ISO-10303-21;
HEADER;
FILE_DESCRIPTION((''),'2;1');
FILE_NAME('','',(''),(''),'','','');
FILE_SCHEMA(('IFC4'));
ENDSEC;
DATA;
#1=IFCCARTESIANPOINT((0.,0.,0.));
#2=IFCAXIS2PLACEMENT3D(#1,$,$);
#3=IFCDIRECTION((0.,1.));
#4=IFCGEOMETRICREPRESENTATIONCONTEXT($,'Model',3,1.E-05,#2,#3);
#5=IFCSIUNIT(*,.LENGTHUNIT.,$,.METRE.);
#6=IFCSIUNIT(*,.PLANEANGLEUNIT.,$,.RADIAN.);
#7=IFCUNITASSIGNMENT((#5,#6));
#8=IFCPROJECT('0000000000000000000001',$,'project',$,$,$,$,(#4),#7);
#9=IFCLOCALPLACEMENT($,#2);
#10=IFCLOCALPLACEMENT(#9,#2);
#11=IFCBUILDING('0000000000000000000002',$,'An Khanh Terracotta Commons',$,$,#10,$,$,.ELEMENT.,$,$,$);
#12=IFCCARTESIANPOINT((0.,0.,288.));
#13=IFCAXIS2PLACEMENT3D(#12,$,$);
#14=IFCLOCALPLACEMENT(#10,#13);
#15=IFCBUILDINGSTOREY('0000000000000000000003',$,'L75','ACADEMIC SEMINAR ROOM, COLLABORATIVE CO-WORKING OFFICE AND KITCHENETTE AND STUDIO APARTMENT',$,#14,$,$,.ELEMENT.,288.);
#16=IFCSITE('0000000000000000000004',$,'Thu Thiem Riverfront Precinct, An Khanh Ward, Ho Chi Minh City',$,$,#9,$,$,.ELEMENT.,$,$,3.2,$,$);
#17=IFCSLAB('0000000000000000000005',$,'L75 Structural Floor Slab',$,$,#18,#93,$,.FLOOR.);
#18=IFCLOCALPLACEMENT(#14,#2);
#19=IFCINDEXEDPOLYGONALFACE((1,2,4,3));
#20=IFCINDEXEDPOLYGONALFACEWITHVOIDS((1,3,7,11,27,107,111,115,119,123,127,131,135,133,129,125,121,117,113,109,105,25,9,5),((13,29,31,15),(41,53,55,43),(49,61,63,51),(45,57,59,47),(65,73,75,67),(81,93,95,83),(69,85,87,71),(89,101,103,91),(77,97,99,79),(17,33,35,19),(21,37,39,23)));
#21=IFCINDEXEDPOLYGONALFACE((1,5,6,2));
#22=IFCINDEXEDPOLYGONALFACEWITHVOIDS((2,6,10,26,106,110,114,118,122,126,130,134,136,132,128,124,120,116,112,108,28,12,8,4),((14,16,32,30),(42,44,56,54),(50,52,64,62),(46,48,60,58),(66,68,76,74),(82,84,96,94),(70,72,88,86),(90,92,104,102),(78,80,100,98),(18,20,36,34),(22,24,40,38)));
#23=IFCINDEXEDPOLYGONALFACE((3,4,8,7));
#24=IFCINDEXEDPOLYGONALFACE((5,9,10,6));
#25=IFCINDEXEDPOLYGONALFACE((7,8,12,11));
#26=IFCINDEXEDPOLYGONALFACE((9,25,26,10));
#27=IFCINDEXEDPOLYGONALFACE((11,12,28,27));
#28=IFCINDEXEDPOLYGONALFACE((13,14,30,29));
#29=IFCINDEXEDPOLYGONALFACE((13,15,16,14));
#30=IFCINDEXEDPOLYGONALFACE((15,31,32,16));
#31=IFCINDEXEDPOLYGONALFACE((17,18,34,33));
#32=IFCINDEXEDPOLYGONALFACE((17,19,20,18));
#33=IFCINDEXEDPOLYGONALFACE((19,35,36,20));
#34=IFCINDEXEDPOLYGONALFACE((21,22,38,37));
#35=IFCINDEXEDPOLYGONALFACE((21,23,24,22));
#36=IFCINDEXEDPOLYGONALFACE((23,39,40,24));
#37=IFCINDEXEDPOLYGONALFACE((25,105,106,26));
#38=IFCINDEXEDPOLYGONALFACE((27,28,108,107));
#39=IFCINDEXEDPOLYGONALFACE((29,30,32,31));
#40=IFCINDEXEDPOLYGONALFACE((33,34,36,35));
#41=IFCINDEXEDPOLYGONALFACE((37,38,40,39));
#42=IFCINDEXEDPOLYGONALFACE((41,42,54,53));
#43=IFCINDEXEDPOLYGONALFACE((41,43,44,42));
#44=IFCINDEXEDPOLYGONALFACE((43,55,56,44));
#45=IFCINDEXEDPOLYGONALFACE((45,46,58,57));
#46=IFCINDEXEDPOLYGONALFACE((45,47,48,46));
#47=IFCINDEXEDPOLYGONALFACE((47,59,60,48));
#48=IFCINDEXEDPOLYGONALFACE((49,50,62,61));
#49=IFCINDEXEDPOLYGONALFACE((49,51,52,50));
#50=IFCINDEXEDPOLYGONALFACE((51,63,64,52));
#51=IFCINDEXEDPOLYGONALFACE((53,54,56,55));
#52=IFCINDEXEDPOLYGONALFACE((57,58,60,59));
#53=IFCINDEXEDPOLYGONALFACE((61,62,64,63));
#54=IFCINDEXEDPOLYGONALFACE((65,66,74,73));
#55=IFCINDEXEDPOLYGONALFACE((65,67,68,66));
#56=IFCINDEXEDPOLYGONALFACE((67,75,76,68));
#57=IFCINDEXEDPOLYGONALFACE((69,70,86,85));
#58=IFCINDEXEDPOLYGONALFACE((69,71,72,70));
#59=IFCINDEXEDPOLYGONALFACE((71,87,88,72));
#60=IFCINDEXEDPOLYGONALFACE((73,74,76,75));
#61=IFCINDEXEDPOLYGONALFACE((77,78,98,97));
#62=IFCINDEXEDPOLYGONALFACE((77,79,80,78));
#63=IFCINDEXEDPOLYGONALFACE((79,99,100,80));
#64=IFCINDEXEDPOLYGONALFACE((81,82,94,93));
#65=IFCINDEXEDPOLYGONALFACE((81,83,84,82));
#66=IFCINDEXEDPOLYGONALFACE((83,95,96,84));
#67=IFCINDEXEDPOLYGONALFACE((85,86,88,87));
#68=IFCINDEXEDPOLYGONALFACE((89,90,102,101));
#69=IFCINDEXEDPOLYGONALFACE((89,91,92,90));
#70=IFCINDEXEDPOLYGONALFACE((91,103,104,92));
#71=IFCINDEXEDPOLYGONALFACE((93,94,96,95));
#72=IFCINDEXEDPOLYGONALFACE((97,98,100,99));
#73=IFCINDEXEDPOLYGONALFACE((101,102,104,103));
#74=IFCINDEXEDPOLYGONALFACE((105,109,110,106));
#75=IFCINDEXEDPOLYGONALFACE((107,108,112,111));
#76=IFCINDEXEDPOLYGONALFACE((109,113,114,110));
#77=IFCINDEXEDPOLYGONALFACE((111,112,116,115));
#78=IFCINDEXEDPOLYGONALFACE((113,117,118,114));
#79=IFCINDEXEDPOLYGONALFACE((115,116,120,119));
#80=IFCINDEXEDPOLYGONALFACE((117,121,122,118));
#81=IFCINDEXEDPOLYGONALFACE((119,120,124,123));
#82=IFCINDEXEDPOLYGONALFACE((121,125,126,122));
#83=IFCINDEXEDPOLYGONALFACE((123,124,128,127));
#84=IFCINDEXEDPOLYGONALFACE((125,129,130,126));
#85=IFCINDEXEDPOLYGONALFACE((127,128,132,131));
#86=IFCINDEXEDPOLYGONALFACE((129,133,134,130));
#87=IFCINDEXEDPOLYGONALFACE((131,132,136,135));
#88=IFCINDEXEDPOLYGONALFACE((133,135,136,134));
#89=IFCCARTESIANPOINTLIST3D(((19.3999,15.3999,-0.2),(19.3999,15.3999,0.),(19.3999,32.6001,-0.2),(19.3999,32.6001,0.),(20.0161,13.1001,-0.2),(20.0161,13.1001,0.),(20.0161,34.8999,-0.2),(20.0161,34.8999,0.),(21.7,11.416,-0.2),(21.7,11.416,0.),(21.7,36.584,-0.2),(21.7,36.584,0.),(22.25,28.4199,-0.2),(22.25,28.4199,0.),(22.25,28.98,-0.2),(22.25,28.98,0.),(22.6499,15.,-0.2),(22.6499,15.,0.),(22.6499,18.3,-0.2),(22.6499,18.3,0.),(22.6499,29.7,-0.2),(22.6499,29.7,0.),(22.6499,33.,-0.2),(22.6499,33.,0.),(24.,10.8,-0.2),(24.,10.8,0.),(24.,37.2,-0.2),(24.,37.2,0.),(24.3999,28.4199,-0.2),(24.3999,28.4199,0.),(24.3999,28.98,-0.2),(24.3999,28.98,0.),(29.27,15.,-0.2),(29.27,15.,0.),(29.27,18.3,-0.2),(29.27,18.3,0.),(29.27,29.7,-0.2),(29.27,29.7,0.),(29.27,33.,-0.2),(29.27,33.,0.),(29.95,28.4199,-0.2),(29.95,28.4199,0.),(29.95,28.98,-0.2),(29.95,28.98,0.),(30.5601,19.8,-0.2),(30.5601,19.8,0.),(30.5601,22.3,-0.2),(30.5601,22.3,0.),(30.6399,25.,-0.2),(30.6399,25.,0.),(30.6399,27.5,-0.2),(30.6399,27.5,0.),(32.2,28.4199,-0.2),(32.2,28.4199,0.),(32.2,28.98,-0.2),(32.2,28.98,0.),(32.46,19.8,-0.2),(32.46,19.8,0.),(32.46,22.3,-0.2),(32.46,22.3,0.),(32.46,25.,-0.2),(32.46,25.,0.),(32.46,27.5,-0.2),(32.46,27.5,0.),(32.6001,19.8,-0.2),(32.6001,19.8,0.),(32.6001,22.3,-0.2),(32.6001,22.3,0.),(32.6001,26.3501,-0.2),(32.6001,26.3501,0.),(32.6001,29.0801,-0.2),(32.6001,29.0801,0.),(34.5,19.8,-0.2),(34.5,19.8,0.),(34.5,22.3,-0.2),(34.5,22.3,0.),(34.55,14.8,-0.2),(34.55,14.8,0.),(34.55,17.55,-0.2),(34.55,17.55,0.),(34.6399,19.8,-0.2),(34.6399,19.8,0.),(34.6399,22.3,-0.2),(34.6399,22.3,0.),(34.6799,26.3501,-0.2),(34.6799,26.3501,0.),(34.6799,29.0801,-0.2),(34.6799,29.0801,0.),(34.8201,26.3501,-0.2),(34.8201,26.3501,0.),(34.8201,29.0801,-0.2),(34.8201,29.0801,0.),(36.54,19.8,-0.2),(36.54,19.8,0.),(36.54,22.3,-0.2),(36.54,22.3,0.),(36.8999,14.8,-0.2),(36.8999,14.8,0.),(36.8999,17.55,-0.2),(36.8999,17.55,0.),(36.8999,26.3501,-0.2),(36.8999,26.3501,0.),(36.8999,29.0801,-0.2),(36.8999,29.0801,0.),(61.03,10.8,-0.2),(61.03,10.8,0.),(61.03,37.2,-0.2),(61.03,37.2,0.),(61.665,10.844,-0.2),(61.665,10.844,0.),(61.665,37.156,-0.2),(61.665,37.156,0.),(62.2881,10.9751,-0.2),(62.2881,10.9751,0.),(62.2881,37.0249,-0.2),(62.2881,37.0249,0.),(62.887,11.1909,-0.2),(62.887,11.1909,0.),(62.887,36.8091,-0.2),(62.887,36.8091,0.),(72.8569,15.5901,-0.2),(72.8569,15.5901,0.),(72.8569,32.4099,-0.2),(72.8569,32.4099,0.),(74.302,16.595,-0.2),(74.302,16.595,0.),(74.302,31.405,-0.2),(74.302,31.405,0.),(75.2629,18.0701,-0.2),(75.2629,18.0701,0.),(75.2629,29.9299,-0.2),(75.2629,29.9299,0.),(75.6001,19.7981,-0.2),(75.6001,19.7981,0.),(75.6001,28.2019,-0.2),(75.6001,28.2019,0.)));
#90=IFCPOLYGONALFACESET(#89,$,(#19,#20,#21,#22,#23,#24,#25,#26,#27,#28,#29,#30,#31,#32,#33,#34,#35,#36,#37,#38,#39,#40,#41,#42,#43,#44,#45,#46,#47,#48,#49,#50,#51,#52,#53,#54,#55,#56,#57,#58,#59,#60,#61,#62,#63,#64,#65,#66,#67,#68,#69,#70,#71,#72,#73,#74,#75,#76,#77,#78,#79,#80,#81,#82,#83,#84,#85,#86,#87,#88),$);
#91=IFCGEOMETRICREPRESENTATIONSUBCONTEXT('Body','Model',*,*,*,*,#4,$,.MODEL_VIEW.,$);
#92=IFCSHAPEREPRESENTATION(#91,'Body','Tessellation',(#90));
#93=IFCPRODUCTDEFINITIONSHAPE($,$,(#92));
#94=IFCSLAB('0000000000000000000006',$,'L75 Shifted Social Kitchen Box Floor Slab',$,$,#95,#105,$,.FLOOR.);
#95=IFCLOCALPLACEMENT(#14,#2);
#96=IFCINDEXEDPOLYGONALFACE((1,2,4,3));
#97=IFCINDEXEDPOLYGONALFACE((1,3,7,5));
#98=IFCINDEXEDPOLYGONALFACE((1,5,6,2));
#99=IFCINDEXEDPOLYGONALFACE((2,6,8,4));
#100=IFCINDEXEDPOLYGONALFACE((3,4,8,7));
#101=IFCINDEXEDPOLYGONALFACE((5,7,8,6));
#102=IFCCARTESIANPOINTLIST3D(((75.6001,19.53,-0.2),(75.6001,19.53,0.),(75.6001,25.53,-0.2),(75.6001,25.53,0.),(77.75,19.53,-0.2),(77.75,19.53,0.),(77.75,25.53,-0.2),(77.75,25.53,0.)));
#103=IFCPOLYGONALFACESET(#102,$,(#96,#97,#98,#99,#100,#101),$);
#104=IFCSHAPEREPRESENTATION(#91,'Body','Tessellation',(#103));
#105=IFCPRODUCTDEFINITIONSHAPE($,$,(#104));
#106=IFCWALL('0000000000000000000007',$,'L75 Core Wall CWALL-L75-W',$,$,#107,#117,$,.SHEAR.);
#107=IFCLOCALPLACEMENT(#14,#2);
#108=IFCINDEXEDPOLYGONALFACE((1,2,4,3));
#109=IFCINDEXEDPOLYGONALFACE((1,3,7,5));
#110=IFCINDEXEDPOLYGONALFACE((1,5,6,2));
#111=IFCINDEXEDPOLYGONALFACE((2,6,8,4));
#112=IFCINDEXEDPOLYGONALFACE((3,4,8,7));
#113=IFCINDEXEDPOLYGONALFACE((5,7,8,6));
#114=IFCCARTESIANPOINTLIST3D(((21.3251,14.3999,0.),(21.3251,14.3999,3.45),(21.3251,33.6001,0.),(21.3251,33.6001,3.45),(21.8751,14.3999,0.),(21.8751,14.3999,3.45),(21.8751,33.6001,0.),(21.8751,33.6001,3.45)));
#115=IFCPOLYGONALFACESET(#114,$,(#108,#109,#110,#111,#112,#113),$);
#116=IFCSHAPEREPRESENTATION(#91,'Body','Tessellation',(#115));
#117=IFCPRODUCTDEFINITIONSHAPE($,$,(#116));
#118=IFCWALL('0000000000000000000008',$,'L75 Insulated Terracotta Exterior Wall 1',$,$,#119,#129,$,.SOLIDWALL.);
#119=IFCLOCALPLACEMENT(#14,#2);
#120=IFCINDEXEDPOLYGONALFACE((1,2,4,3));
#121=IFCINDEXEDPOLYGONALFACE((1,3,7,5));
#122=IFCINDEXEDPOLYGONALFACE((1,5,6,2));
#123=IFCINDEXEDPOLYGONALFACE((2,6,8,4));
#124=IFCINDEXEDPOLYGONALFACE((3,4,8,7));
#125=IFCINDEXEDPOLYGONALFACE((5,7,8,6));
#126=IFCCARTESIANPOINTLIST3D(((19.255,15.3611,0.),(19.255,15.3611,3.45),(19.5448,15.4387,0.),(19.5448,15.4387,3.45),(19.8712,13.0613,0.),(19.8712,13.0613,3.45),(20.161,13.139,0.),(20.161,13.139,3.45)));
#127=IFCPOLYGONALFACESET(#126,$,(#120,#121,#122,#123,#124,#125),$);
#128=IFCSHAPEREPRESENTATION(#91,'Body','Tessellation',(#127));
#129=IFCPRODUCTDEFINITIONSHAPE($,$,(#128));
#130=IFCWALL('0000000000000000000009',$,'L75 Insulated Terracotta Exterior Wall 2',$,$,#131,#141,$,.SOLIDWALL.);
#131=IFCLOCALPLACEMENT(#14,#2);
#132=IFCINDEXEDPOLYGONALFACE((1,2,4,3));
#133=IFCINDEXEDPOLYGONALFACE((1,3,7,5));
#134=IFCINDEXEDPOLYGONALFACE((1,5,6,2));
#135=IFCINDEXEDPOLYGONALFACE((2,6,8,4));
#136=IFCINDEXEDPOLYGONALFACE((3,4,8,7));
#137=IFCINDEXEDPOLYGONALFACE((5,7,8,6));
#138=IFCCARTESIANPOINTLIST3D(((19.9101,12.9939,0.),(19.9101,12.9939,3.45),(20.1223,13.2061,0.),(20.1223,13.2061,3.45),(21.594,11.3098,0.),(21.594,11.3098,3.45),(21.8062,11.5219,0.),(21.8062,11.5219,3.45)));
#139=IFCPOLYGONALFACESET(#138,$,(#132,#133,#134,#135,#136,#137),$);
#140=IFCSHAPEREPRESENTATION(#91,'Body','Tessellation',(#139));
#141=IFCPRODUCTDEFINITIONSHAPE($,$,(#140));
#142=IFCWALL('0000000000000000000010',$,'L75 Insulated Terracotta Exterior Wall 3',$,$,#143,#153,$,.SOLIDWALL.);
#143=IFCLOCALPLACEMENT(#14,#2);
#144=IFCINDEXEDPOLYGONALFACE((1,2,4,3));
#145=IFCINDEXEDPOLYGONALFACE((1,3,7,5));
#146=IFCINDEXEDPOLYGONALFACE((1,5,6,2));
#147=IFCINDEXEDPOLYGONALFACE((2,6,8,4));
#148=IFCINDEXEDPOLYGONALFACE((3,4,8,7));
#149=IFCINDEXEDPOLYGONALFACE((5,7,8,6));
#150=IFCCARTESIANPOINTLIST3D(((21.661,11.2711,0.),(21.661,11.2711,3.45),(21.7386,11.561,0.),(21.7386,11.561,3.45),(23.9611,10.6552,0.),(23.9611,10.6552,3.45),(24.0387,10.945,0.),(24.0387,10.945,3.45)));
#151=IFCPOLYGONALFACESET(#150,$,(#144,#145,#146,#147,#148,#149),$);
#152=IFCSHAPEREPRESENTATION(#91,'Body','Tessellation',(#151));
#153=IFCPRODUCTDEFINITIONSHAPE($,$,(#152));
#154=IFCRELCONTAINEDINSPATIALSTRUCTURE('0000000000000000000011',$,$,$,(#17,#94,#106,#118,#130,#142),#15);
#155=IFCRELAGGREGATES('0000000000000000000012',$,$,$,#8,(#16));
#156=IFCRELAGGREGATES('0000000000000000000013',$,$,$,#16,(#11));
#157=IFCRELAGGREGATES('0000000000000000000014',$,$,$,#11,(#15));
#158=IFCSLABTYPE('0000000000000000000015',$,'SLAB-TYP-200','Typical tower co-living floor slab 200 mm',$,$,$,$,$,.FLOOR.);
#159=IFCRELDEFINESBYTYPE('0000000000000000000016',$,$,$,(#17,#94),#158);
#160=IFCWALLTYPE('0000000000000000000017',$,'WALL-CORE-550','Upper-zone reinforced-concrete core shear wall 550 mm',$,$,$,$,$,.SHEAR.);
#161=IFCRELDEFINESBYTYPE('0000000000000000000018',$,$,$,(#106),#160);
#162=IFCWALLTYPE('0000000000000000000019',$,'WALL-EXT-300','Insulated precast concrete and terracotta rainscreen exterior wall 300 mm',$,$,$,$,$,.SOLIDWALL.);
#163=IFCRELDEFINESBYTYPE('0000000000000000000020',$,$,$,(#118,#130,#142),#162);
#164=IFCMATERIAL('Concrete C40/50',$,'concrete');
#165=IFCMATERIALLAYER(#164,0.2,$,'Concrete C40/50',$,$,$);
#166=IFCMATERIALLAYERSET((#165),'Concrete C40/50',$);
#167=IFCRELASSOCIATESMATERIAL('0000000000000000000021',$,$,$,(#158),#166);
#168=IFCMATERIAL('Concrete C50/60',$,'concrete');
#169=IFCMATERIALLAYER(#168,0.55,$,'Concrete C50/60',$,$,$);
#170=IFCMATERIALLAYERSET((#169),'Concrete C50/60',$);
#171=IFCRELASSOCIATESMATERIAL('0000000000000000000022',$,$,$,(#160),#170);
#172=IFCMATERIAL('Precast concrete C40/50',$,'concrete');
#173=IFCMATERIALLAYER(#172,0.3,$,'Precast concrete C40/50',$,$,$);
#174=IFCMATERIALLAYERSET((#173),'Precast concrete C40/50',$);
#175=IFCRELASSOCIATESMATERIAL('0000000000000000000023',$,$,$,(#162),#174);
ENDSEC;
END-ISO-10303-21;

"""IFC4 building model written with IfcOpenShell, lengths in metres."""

from ifc_helpers import new_model, si_unit, direction, frame, frame_2d, origin, place, context, subcontext, project, spatial, polyline, rectangle, outline, extrude, material, layer, layer_set, type_object, element, save


model = new_model("IFC4")

# Units and contexts
model_context = context("Model", 3, precision=1e-05, world=origin(), true_north=direction((0.0, 1.0)))
body_context = subcontext(model_context, "Body", "Model", "MODEL_VIEW")
ifc_project = project(units=[si_unit("LENGTHUNIT", "METRE"), si_unit("PLANEANGLEUNIT", "RADIAN")], contexts=[model_context])

# Site, building, storey
site_placement = place(None, origin())
site = spatial("IfcSite", under=ifc_project, at=site_placement, Name="Thu Thiem Riverfront Precinct, An Khanh Ward, Ho Chi Minh City", CompositionType="ELEMENT", RefElevation=3.2)
building_placement = place(site_placement, origin())
building = spatial("IfcBuilding", under=site, at=building_placement, Name="An Khanh Terracotta Commons", CompositionType="ELEMENT")
storey_placement = place(building_placement, frame((0.0, 0.0, 288.0)))
storey = spatial("IfcBuildingStorey", under=building, at=storey_placement, Name="L75", Description="ACADEMIC SEMINAR ROOM, COLLABORATIVE CO-WORKING OFFICE AND KITCHENETTE AND STUDIO APARTMENT", CompositionType="ELEMENT", Elevation=288.0)

# Shared definitions
ifc_material_1 = material(Name="Concrete C50/60", Category="concrete")

# Shared definitions
ifc_material_2 = material(Name="Concrete C40/50", Category="concrete")

# Shared definitions
ifc_material_3 = material(Name="Precast concrete C40/50", Category="concrete")

# Slabs
ifc_layer_1 = layer(ifc_material_2, 0.2, Name="Concrete C40/50")
ifc_layer_set_1 = layer_set([ifc_layer_1], Name="Concrete C40/50")
slab_type_1 = type_object("IfcSlabType", Name="SLAB-TYP-200", Description="Typical tower co-living floor slab 200 mm", PredefinedType="FLOOR", material=ifc_layer_set_1)
slab_1_placement = place(storey_placement, frame((0.0, 0.0, -0.2)))
element("IfcSlab", 1, at=slab_1_placement, inside=storey, type_object=slab_type_1, Name="L75 Structural Floor Slab", PredefinedType="FLOOR", context=body_context, shape_type="SweptSolid", body=[
    extrude(outline(polyline([(19.3999, 15.3999), (20.0161, 13.1001), (21.7, 11.416), (24.0, 10.8), (61.03, 10.8), (61.665, 10.844), (62.2881, 10.9751), (62.887, 11.1909), (72.8569, 15.5901), (74.302, 16.595), (75.2629, 18.0701), (75.6001, 19.7981), (75.6001, 28.2019), (75.2629, 29.9299), (74.302, 31.405), (72.8569, 32.4099), (62.887, 36.8091), (62.2881, 37.0249), (61.665, 37.156), (61.03, 37.2), (24.0, 37.2), (21.7, 36.584), (20.0161, 34.8999), (19.3999, 32.6001), (19.3999, 15.3999)]), holes=[polyline([(22.6499, 29.7), (29.27, 29.7), (29.27, 33.0), (22.6499, 33.0), (22.6499, 29.7)]), polyline([(22.6499, 15.0), (29.27, 15.0), (29.27, 18.3), (22.6499, 18.3), (22.6499, 15.0)]), polyline([(32.6001, 26.3501), (34.6799, 26.3501), (34.6799, 29.0801), (32.6001, 29.0801), (32.6001, 26.3501)]), polyline([(34.8201, 26.3501), (36.8999, 26.3501), (36.8999, 29.0801), (34.8201, 29.0801), (34.8201, 26.3501)]), polyline([(34.55, 14.8), (36.8999, 14.8), (36.8999, 17.55), (34.55, 17.55), (34.55, 14.8)]), polyline([(30.6399, 25.0), (32.46, 25.0), (32.46, 27.5), (30.6399, 27.5), (30.6399, 25.0)]), polyline([(30.5601, 19.8), (32.46, 19.8), (32.46, 22.3), (30.5601, 22.3), (30.5601, 19.8)]), polyline([(32.6001, 19.8), (34.5, 19.8), (34.5, 22.3), (32.6001, 22.3), (32.6001, 19.8)]), polyline([(34.6399, 19.8), (36.54, 19.8), (36.54, 22.3), (34.6399, 22.3), (34.6399, 19.8)]), polyline([(22.25, 28.4199), (24.3999, 28.4199), (24.3999, 28.98), (22.25, 28.98), (22.25, 28.4199)]), polyline([(29.95, 28.4199), (32.2, 28.4199), (32.2, 28.98), (29.95, 28.98), (29.95, 28.4199)])]), origin(), (0.0, 0.0, 1.0), 0.2),
])
slab_2_placement = place(storey_placement, frame((0.0, 0.0, -0.2)))
element("IfcSlab", 2, at=slab_2_placement, inside=storey, type_object=slab_type_1, Name="L75 Shifted Social Kitchen Box Floor Slab", PredefinedType="FLOOR", context=body_context, shape_type="SweptSolid", body=[
    extrude(outline(polyline([(75.6001, 19.53), (77.75, 19.53), (77.75, 25.53), (75.6001, 25.53), (75.6001, 19.53)])), origin(), (0.0, 0.0, 1.0), 0.2),
])

# Walls
ifc_layer_2 = layer(ifc_material_1, 0.55, Name="Concrete C50/60")
ifc_layer_set_2 = layer_set([ifc_layer_2], Name="Concrete C50/60")
wall_type_1 = type_object("IfcWallType", Name="WALL-CORE-550", Description="Upper-zone reinforced-concrete core shear wall 550 mm", PredefinedType="SHEAR", material=ifc_layer_set_2)
wall_1_placement = place(storey_placement, frame((21.6001, 14.3999, 0.0), z_axis=(0.0, 0.0, 1.0), x_axis=(0.0, 1.0, 0.0)))
element("IfcWall", 3, at=wall_1_placement, inside=storey, type_object=wall_type_1, Name="L75 Core Wall CWALL-L75-W", PredefinedType="SHEAR", context=body_context, shape_type="SweptSolid", body=[
    extrude(rectangle(XDim=19.2002, YDim=0.55, at=frame_2d((9.6001, 0.0))), origin(), (0.0, 0.0, 1.0), 3.45),
])
ifc_layer_3 = layer(ifc_material_3, 0.3, Name="Precast concrete C40/50")
ifc_layer_set_3 = layer_set([ifc_layer_3], Name="Precast concrete C40/50")
wall_type_2 = type_object("IfcWallType", Name="WALL-EXT-300", Description="Insulated precast concrete and terracotta rainscreen exterior wall 300 mm", PredefinedType="SOLIDWALL", material=ifc_layer_set_3)
wall_2_placement = place(storey_placement, frame((19.3999, 15.3999, 0.0), z_axis=(0.0, 0.0, 1.0), x_axis=(0.258811, -0.965928, 0.0)))
element("IfcWall", 4, at=wall_2_placement, inside=storey, type_object=wall_type_2, Name="L75 Insulated Terracotta Exterior Wall 1", PredefinedType="SOLIDWALL", context=body_context, shape_type="SweptSolid", body=[
    extrude(rectangle(XDim=2.3809, YDim=0.3, at=frame_2d((1.1904, 0.0))), origin(), (0.0, 0.0, 1.0), 3.45),
])
wall_3_placement = place(storey_placement, frame((20.0161, 13.1001, 0.0), z_axis=(0.0, 0.0, 1.0), x_axis=(0.707056, -0.707158, 0.0)))
element("IfcWall", 5, at=wall_3_placement, inside=storey, type_object=wall_type_2, Name="L75 Insulated Terracotta Exterior Wall 2", PredefinedType="SOLIDWALL", context=body_context, shape_type="SweptSolid", body=[
    extrude(rectangle(XDim=2.3816, YDim=0.3, at=frame_2d((1.1909, 0.0))), origin(), (0.0, 0.0, 1.0), 3.45),
])
wall_4_placement = place(storey_placement, frame((21.7, 11.416, 0.0), z_axis=(0.0, 0.0, 1.0), x_axis=(0.96596, -0.25869, 0.0)))
element("IfcWall", 6, at=wall_4_placement, inside=storey, type_object=wall_type_2, Name="L75 Insulated Terracotta Exterior Wall 3", PredefinedType="SOLIDWALL", context=body_context, shape_type="SweptSolid", body=[
    extrude(rectangle(XDim=2.3811, YDim=0.3, at=frame_2d((1.1904, 0.0))), origin(), (0.0, 0.0, 1.0), 3.45),
])

save(model, "model.ifc")
